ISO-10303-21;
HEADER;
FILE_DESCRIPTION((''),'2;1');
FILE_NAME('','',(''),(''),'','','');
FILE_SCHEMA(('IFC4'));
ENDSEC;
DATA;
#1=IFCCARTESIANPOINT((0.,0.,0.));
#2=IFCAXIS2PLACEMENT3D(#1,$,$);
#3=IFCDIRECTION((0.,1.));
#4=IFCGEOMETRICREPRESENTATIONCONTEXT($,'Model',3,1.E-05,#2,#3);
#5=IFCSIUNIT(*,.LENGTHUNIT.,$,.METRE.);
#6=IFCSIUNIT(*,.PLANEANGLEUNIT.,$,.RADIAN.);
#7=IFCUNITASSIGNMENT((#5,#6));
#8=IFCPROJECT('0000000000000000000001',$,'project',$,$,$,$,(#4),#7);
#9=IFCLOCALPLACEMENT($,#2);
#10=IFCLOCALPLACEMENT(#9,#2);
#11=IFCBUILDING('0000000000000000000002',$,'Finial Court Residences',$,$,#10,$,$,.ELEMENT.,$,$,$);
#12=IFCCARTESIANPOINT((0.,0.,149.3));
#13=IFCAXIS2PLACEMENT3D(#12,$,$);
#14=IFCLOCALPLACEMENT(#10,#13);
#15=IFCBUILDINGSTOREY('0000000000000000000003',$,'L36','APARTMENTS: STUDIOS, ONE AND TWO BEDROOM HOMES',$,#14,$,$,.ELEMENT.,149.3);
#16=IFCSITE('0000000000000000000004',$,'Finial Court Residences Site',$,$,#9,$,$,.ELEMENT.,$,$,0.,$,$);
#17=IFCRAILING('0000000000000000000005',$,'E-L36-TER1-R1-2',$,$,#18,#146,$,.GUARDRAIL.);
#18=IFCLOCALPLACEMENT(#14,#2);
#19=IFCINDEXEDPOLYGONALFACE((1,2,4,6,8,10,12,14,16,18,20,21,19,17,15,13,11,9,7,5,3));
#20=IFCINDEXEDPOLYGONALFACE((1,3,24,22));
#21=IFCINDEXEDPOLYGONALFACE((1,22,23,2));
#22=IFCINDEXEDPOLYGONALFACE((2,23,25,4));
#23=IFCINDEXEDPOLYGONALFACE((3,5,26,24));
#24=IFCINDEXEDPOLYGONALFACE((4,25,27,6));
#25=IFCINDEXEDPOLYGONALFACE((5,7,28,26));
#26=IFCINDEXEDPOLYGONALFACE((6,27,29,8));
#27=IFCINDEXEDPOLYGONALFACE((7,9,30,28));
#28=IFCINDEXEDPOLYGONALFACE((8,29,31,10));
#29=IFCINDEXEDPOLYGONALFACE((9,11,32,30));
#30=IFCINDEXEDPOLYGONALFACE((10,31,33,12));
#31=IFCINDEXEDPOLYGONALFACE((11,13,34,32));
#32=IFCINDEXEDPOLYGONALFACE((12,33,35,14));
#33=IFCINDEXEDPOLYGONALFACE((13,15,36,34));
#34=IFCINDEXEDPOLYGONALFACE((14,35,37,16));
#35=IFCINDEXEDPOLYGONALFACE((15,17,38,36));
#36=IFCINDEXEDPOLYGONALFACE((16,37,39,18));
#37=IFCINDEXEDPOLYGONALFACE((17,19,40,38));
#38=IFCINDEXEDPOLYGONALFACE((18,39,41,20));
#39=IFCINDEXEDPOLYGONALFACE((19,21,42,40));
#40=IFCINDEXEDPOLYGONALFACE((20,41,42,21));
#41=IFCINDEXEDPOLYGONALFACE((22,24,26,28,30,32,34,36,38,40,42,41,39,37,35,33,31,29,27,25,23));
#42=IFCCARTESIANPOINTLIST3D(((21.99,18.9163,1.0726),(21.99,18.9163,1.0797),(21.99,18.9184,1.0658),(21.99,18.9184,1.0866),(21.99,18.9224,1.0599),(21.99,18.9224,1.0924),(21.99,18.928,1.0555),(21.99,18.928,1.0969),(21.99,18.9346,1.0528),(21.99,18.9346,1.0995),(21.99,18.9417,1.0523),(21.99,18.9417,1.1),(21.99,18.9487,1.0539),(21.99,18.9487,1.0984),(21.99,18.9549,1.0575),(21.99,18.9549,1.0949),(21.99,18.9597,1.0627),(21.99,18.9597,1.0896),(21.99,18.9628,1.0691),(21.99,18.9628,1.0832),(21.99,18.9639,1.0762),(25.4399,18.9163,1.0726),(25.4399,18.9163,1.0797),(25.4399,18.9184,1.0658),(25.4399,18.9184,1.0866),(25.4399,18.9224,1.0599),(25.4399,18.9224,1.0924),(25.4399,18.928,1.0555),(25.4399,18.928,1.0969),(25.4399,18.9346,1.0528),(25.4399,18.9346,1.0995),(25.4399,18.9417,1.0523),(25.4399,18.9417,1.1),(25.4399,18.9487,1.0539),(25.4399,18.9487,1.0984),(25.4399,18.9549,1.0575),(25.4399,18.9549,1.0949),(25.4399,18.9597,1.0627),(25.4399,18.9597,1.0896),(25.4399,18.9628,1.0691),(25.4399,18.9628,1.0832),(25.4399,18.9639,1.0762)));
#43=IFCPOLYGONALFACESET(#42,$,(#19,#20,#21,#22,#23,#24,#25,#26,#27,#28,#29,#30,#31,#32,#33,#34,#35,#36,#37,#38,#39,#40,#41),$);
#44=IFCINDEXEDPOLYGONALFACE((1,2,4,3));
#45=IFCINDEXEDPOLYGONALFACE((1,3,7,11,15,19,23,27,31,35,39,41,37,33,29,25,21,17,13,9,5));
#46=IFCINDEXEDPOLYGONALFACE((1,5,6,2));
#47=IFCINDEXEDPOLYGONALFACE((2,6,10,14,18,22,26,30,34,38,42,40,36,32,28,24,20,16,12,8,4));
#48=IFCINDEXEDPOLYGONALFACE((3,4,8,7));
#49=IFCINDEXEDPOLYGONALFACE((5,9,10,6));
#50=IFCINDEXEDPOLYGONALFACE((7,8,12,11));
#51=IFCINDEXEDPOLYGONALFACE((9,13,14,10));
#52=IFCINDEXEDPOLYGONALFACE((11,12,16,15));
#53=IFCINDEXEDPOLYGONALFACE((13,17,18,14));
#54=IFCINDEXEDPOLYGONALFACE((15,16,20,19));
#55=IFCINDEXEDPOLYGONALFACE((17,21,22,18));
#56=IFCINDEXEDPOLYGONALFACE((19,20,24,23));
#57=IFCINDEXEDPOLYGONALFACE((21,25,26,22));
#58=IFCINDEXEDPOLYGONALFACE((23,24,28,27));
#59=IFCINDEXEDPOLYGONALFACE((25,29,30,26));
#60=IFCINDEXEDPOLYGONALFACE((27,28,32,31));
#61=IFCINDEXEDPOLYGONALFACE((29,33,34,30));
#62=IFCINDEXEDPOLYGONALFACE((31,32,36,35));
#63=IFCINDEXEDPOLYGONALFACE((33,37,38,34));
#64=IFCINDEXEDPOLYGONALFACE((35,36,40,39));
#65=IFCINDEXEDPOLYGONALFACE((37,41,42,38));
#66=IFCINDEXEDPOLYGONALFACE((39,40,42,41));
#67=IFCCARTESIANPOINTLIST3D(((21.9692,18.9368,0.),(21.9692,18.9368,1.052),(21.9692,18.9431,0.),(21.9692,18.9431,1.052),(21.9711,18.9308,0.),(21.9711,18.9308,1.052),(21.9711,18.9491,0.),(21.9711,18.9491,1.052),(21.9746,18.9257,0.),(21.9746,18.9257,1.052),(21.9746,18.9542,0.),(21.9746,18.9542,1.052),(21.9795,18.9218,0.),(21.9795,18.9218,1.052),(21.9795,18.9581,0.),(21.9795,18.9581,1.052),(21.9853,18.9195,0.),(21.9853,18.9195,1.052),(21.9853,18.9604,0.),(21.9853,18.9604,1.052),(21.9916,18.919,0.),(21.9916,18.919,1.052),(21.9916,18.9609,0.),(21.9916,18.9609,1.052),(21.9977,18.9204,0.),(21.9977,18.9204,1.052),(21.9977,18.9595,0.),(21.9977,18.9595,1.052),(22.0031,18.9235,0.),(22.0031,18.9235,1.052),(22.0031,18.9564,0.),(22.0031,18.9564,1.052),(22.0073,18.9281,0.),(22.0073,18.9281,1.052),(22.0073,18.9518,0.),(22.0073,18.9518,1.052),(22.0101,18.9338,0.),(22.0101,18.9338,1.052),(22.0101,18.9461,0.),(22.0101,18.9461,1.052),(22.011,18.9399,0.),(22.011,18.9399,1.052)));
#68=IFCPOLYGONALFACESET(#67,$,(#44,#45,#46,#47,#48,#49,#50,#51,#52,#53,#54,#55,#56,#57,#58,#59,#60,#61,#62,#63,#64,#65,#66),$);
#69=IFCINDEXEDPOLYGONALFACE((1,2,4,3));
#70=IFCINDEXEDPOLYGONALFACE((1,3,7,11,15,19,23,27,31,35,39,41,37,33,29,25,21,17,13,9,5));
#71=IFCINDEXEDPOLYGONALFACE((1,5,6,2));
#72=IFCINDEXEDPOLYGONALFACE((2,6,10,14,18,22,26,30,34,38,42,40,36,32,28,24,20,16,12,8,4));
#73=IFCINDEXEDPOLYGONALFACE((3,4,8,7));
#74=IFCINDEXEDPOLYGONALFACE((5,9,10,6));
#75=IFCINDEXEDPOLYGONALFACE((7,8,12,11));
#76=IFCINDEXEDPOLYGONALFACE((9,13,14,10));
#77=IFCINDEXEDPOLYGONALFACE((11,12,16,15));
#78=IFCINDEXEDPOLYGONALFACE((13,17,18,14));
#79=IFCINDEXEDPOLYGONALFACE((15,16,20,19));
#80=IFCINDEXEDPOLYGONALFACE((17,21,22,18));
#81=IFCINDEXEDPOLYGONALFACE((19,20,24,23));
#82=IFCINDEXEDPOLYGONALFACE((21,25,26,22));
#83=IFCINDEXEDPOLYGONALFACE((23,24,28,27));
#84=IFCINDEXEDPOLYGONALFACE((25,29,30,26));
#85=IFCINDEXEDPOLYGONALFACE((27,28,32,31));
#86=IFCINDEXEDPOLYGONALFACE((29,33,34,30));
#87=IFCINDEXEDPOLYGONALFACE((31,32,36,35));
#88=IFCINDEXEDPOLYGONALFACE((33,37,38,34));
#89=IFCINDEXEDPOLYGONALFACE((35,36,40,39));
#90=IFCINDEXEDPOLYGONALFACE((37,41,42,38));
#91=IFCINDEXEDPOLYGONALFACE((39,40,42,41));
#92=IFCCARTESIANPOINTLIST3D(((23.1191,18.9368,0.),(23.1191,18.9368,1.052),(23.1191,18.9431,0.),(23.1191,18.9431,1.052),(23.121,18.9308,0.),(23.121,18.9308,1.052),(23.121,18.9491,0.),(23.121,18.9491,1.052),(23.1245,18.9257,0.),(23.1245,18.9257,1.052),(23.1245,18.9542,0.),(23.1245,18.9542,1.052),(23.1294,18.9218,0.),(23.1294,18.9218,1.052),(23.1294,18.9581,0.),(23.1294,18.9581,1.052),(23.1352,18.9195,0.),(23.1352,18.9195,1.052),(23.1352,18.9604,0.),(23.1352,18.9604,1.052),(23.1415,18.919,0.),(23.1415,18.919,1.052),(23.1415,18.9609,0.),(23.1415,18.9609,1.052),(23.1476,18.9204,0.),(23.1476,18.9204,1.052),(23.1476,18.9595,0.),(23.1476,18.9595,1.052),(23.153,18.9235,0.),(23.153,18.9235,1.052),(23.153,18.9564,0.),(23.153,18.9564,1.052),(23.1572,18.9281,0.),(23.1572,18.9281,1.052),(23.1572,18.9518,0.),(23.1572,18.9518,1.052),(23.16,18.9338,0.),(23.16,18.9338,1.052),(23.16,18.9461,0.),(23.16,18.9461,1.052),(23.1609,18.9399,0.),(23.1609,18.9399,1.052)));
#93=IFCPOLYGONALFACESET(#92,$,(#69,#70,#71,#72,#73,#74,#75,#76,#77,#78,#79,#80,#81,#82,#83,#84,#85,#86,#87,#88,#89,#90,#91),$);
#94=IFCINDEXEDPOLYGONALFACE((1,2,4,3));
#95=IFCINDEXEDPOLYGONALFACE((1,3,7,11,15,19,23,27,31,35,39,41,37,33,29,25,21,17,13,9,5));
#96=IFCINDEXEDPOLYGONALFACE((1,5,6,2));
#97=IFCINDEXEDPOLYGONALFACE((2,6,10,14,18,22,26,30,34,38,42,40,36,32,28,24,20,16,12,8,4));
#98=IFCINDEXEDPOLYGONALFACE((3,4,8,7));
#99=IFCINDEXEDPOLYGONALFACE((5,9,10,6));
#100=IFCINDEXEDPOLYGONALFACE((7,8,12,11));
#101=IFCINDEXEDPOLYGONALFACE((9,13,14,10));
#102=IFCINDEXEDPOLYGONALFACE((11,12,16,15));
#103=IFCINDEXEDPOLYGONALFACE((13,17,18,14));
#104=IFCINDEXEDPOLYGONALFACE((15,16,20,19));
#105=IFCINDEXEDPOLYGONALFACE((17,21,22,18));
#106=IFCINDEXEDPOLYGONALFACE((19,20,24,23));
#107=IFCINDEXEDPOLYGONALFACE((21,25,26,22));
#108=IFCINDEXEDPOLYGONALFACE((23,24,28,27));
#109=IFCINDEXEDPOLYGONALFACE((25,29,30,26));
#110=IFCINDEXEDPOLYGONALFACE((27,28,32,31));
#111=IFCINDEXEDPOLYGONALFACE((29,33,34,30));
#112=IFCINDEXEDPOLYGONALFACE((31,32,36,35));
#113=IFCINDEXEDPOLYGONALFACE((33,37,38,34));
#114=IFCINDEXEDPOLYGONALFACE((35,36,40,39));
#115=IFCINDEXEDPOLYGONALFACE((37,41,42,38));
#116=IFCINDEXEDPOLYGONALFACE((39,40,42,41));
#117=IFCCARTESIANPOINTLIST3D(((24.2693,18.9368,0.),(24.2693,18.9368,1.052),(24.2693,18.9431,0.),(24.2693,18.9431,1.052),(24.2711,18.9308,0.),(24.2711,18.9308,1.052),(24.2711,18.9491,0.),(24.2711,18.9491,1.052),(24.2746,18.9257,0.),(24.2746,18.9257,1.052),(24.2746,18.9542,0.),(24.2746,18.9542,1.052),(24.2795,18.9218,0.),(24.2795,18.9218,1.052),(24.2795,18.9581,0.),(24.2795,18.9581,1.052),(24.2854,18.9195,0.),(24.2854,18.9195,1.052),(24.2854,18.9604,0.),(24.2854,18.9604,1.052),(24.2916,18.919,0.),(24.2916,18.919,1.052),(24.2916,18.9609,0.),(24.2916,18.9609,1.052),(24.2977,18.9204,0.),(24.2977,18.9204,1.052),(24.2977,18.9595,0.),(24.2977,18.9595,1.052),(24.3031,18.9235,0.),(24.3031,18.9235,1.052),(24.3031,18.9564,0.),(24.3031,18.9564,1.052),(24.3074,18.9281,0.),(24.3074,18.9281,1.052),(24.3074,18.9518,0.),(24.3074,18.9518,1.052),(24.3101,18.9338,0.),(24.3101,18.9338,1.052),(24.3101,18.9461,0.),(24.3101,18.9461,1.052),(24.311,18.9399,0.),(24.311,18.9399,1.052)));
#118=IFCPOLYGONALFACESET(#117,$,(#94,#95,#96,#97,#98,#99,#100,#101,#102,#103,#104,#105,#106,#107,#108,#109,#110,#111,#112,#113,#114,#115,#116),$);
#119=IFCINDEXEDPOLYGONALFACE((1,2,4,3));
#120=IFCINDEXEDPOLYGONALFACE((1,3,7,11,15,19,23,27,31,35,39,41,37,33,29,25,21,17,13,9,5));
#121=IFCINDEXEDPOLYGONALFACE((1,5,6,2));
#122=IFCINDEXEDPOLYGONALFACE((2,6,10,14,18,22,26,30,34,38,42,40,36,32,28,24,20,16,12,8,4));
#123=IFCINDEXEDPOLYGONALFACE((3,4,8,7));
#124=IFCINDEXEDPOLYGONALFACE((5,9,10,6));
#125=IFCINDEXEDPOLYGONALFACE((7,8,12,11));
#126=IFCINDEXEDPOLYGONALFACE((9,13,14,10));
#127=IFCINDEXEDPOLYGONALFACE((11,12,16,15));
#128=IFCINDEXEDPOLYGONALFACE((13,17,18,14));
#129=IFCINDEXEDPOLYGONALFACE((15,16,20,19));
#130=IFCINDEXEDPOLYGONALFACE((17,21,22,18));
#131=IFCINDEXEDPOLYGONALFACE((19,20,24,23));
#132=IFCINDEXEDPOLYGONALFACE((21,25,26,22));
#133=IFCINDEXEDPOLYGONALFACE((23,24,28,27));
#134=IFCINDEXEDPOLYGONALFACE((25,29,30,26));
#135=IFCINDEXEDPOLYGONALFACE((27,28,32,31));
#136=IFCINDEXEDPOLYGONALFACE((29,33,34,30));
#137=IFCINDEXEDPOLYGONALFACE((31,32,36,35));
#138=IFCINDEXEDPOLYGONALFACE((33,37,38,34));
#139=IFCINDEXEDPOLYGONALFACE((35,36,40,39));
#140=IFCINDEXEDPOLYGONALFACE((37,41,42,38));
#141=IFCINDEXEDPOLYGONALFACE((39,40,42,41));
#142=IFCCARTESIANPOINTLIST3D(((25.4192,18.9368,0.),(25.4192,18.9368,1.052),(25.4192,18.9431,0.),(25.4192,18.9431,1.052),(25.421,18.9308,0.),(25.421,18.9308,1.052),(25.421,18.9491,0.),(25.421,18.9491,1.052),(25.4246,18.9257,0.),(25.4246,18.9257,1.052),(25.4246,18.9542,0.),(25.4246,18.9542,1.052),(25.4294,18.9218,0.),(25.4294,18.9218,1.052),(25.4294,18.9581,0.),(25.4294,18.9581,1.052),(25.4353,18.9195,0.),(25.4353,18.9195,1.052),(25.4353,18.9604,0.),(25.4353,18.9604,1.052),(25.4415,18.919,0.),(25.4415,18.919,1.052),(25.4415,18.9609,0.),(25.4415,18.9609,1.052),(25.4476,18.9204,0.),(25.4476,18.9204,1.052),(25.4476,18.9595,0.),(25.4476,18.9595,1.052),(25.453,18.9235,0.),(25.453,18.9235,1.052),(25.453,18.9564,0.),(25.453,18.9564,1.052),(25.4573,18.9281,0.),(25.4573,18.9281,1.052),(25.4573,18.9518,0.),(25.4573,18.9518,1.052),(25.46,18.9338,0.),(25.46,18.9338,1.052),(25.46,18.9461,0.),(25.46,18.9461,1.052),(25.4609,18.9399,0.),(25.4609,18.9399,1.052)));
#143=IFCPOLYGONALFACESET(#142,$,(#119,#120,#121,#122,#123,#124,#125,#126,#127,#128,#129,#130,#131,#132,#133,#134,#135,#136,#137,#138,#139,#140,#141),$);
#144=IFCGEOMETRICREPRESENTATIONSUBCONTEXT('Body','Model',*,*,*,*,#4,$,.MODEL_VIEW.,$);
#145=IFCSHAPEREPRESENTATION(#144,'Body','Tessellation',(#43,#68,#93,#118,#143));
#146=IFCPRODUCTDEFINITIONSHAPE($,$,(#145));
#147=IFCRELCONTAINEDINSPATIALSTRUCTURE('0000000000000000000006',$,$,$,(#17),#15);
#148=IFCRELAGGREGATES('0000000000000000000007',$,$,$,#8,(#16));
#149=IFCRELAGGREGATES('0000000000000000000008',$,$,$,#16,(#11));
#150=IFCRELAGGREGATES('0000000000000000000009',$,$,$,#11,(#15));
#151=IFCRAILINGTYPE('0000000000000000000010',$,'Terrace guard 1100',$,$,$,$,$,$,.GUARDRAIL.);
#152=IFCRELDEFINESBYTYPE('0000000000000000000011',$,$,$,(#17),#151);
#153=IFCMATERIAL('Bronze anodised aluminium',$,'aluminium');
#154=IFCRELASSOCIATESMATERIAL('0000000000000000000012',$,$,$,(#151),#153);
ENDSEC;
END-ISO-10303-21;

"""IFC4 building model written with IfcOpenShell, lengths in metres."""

from ifc_helpers import new_model, si_unit, direction, frame, origin, origin_2d, place, context, subcontext, project, spatial, circle, extrude, material, type_object, element, save


model = new_model("IFC4")

# Units and contexts
model_context = context("Model", 3, precision=1e-05, world=origin(), true_north=direction((0.0, 1.0)))
body_context = subcontext(model_context, "Body", "Model", "MODEL_VIEW")
ifc_project = project(units=[si_unit("LENGTHUNIT", "METRE"), si_unit("PLANEANGLEUNIT", "RADIAN")], contexts=[model_context])

# Site, building, storey
site_placement = place(None, origin())
site = spatial("IfcSite", under=ifc_project, at=site_placement, Name="Finial Court Residences Site", CompositionType="ELEMENT", RefElevation=0.0)
building_placement = place(site_placement, origin())
building = spatial("IfcBuilding", under=site, at=building_placement, Name="Finial Court Residences", CompositionType="ELEMENT")
storey_placement = place(building_placement, frame((0.0, 0.0, 149.3)))
storey = spatial("IfcBuildingStorey", under=building, at=storey_placement, Name="L36", Description="APARTMENTS: STUDIOS, ONE AND TWO BEDROOM HOMES", CompositionType="ELEMENT", Elevation=149.3)

# Shared definitions
ifc_material_1 = material(Name="Bronze anodised aluminium", Category="aluminium")

# Railing
railing_type = type_object("IfcRailingType", Name="Terrace guard 1100", PredefinedType="GUARDRAIL", material=ifc_material_1)
railing_1_placement = place(storey_placement, frame((21.99, 18.9399, 0.0)))
element("IfcRailing", 1, at=railing_1_placement, inside=storey, type_object=railing_type, Name="E-L36-TER1-R1-2", PredefinedType="GUARDRAIL", context=body_context, shape_type="SweptSolid", body=[
    extrude(circle(Radius=0.0239, at=origin_2d()), frame((0.0, 0.0, 1.0762), z_axis=(1.0, 0.0, 0.0), x_axis=(0.0, 1.0, 0.0)), (0.0, 0.0, 1.0), 3.45),
    extrude(circle(Radius=0.021, at=origin_2d()), origin(), (0.0, 0.0, 1.0), 1.052),
    extrude(circle(Radius=0.021, at=origin_2d()), frame((1.1499, 0.0, 0.0)), (0.0, 0.0, 1.0), 1.052),
    extrude(circle(Radius=0.021, at=origin_2d()), frame((2.3, 0.0, 0.0)), (0.0, 0.0, 1.0), 1.052),
    extrude(circle(Radius=0.021, at=origin_2d()), frame((3.45, 0.0, 0.0)), (0.0, 0.0, 1.0), 1.052),
])

save(model, "model.ifc")
